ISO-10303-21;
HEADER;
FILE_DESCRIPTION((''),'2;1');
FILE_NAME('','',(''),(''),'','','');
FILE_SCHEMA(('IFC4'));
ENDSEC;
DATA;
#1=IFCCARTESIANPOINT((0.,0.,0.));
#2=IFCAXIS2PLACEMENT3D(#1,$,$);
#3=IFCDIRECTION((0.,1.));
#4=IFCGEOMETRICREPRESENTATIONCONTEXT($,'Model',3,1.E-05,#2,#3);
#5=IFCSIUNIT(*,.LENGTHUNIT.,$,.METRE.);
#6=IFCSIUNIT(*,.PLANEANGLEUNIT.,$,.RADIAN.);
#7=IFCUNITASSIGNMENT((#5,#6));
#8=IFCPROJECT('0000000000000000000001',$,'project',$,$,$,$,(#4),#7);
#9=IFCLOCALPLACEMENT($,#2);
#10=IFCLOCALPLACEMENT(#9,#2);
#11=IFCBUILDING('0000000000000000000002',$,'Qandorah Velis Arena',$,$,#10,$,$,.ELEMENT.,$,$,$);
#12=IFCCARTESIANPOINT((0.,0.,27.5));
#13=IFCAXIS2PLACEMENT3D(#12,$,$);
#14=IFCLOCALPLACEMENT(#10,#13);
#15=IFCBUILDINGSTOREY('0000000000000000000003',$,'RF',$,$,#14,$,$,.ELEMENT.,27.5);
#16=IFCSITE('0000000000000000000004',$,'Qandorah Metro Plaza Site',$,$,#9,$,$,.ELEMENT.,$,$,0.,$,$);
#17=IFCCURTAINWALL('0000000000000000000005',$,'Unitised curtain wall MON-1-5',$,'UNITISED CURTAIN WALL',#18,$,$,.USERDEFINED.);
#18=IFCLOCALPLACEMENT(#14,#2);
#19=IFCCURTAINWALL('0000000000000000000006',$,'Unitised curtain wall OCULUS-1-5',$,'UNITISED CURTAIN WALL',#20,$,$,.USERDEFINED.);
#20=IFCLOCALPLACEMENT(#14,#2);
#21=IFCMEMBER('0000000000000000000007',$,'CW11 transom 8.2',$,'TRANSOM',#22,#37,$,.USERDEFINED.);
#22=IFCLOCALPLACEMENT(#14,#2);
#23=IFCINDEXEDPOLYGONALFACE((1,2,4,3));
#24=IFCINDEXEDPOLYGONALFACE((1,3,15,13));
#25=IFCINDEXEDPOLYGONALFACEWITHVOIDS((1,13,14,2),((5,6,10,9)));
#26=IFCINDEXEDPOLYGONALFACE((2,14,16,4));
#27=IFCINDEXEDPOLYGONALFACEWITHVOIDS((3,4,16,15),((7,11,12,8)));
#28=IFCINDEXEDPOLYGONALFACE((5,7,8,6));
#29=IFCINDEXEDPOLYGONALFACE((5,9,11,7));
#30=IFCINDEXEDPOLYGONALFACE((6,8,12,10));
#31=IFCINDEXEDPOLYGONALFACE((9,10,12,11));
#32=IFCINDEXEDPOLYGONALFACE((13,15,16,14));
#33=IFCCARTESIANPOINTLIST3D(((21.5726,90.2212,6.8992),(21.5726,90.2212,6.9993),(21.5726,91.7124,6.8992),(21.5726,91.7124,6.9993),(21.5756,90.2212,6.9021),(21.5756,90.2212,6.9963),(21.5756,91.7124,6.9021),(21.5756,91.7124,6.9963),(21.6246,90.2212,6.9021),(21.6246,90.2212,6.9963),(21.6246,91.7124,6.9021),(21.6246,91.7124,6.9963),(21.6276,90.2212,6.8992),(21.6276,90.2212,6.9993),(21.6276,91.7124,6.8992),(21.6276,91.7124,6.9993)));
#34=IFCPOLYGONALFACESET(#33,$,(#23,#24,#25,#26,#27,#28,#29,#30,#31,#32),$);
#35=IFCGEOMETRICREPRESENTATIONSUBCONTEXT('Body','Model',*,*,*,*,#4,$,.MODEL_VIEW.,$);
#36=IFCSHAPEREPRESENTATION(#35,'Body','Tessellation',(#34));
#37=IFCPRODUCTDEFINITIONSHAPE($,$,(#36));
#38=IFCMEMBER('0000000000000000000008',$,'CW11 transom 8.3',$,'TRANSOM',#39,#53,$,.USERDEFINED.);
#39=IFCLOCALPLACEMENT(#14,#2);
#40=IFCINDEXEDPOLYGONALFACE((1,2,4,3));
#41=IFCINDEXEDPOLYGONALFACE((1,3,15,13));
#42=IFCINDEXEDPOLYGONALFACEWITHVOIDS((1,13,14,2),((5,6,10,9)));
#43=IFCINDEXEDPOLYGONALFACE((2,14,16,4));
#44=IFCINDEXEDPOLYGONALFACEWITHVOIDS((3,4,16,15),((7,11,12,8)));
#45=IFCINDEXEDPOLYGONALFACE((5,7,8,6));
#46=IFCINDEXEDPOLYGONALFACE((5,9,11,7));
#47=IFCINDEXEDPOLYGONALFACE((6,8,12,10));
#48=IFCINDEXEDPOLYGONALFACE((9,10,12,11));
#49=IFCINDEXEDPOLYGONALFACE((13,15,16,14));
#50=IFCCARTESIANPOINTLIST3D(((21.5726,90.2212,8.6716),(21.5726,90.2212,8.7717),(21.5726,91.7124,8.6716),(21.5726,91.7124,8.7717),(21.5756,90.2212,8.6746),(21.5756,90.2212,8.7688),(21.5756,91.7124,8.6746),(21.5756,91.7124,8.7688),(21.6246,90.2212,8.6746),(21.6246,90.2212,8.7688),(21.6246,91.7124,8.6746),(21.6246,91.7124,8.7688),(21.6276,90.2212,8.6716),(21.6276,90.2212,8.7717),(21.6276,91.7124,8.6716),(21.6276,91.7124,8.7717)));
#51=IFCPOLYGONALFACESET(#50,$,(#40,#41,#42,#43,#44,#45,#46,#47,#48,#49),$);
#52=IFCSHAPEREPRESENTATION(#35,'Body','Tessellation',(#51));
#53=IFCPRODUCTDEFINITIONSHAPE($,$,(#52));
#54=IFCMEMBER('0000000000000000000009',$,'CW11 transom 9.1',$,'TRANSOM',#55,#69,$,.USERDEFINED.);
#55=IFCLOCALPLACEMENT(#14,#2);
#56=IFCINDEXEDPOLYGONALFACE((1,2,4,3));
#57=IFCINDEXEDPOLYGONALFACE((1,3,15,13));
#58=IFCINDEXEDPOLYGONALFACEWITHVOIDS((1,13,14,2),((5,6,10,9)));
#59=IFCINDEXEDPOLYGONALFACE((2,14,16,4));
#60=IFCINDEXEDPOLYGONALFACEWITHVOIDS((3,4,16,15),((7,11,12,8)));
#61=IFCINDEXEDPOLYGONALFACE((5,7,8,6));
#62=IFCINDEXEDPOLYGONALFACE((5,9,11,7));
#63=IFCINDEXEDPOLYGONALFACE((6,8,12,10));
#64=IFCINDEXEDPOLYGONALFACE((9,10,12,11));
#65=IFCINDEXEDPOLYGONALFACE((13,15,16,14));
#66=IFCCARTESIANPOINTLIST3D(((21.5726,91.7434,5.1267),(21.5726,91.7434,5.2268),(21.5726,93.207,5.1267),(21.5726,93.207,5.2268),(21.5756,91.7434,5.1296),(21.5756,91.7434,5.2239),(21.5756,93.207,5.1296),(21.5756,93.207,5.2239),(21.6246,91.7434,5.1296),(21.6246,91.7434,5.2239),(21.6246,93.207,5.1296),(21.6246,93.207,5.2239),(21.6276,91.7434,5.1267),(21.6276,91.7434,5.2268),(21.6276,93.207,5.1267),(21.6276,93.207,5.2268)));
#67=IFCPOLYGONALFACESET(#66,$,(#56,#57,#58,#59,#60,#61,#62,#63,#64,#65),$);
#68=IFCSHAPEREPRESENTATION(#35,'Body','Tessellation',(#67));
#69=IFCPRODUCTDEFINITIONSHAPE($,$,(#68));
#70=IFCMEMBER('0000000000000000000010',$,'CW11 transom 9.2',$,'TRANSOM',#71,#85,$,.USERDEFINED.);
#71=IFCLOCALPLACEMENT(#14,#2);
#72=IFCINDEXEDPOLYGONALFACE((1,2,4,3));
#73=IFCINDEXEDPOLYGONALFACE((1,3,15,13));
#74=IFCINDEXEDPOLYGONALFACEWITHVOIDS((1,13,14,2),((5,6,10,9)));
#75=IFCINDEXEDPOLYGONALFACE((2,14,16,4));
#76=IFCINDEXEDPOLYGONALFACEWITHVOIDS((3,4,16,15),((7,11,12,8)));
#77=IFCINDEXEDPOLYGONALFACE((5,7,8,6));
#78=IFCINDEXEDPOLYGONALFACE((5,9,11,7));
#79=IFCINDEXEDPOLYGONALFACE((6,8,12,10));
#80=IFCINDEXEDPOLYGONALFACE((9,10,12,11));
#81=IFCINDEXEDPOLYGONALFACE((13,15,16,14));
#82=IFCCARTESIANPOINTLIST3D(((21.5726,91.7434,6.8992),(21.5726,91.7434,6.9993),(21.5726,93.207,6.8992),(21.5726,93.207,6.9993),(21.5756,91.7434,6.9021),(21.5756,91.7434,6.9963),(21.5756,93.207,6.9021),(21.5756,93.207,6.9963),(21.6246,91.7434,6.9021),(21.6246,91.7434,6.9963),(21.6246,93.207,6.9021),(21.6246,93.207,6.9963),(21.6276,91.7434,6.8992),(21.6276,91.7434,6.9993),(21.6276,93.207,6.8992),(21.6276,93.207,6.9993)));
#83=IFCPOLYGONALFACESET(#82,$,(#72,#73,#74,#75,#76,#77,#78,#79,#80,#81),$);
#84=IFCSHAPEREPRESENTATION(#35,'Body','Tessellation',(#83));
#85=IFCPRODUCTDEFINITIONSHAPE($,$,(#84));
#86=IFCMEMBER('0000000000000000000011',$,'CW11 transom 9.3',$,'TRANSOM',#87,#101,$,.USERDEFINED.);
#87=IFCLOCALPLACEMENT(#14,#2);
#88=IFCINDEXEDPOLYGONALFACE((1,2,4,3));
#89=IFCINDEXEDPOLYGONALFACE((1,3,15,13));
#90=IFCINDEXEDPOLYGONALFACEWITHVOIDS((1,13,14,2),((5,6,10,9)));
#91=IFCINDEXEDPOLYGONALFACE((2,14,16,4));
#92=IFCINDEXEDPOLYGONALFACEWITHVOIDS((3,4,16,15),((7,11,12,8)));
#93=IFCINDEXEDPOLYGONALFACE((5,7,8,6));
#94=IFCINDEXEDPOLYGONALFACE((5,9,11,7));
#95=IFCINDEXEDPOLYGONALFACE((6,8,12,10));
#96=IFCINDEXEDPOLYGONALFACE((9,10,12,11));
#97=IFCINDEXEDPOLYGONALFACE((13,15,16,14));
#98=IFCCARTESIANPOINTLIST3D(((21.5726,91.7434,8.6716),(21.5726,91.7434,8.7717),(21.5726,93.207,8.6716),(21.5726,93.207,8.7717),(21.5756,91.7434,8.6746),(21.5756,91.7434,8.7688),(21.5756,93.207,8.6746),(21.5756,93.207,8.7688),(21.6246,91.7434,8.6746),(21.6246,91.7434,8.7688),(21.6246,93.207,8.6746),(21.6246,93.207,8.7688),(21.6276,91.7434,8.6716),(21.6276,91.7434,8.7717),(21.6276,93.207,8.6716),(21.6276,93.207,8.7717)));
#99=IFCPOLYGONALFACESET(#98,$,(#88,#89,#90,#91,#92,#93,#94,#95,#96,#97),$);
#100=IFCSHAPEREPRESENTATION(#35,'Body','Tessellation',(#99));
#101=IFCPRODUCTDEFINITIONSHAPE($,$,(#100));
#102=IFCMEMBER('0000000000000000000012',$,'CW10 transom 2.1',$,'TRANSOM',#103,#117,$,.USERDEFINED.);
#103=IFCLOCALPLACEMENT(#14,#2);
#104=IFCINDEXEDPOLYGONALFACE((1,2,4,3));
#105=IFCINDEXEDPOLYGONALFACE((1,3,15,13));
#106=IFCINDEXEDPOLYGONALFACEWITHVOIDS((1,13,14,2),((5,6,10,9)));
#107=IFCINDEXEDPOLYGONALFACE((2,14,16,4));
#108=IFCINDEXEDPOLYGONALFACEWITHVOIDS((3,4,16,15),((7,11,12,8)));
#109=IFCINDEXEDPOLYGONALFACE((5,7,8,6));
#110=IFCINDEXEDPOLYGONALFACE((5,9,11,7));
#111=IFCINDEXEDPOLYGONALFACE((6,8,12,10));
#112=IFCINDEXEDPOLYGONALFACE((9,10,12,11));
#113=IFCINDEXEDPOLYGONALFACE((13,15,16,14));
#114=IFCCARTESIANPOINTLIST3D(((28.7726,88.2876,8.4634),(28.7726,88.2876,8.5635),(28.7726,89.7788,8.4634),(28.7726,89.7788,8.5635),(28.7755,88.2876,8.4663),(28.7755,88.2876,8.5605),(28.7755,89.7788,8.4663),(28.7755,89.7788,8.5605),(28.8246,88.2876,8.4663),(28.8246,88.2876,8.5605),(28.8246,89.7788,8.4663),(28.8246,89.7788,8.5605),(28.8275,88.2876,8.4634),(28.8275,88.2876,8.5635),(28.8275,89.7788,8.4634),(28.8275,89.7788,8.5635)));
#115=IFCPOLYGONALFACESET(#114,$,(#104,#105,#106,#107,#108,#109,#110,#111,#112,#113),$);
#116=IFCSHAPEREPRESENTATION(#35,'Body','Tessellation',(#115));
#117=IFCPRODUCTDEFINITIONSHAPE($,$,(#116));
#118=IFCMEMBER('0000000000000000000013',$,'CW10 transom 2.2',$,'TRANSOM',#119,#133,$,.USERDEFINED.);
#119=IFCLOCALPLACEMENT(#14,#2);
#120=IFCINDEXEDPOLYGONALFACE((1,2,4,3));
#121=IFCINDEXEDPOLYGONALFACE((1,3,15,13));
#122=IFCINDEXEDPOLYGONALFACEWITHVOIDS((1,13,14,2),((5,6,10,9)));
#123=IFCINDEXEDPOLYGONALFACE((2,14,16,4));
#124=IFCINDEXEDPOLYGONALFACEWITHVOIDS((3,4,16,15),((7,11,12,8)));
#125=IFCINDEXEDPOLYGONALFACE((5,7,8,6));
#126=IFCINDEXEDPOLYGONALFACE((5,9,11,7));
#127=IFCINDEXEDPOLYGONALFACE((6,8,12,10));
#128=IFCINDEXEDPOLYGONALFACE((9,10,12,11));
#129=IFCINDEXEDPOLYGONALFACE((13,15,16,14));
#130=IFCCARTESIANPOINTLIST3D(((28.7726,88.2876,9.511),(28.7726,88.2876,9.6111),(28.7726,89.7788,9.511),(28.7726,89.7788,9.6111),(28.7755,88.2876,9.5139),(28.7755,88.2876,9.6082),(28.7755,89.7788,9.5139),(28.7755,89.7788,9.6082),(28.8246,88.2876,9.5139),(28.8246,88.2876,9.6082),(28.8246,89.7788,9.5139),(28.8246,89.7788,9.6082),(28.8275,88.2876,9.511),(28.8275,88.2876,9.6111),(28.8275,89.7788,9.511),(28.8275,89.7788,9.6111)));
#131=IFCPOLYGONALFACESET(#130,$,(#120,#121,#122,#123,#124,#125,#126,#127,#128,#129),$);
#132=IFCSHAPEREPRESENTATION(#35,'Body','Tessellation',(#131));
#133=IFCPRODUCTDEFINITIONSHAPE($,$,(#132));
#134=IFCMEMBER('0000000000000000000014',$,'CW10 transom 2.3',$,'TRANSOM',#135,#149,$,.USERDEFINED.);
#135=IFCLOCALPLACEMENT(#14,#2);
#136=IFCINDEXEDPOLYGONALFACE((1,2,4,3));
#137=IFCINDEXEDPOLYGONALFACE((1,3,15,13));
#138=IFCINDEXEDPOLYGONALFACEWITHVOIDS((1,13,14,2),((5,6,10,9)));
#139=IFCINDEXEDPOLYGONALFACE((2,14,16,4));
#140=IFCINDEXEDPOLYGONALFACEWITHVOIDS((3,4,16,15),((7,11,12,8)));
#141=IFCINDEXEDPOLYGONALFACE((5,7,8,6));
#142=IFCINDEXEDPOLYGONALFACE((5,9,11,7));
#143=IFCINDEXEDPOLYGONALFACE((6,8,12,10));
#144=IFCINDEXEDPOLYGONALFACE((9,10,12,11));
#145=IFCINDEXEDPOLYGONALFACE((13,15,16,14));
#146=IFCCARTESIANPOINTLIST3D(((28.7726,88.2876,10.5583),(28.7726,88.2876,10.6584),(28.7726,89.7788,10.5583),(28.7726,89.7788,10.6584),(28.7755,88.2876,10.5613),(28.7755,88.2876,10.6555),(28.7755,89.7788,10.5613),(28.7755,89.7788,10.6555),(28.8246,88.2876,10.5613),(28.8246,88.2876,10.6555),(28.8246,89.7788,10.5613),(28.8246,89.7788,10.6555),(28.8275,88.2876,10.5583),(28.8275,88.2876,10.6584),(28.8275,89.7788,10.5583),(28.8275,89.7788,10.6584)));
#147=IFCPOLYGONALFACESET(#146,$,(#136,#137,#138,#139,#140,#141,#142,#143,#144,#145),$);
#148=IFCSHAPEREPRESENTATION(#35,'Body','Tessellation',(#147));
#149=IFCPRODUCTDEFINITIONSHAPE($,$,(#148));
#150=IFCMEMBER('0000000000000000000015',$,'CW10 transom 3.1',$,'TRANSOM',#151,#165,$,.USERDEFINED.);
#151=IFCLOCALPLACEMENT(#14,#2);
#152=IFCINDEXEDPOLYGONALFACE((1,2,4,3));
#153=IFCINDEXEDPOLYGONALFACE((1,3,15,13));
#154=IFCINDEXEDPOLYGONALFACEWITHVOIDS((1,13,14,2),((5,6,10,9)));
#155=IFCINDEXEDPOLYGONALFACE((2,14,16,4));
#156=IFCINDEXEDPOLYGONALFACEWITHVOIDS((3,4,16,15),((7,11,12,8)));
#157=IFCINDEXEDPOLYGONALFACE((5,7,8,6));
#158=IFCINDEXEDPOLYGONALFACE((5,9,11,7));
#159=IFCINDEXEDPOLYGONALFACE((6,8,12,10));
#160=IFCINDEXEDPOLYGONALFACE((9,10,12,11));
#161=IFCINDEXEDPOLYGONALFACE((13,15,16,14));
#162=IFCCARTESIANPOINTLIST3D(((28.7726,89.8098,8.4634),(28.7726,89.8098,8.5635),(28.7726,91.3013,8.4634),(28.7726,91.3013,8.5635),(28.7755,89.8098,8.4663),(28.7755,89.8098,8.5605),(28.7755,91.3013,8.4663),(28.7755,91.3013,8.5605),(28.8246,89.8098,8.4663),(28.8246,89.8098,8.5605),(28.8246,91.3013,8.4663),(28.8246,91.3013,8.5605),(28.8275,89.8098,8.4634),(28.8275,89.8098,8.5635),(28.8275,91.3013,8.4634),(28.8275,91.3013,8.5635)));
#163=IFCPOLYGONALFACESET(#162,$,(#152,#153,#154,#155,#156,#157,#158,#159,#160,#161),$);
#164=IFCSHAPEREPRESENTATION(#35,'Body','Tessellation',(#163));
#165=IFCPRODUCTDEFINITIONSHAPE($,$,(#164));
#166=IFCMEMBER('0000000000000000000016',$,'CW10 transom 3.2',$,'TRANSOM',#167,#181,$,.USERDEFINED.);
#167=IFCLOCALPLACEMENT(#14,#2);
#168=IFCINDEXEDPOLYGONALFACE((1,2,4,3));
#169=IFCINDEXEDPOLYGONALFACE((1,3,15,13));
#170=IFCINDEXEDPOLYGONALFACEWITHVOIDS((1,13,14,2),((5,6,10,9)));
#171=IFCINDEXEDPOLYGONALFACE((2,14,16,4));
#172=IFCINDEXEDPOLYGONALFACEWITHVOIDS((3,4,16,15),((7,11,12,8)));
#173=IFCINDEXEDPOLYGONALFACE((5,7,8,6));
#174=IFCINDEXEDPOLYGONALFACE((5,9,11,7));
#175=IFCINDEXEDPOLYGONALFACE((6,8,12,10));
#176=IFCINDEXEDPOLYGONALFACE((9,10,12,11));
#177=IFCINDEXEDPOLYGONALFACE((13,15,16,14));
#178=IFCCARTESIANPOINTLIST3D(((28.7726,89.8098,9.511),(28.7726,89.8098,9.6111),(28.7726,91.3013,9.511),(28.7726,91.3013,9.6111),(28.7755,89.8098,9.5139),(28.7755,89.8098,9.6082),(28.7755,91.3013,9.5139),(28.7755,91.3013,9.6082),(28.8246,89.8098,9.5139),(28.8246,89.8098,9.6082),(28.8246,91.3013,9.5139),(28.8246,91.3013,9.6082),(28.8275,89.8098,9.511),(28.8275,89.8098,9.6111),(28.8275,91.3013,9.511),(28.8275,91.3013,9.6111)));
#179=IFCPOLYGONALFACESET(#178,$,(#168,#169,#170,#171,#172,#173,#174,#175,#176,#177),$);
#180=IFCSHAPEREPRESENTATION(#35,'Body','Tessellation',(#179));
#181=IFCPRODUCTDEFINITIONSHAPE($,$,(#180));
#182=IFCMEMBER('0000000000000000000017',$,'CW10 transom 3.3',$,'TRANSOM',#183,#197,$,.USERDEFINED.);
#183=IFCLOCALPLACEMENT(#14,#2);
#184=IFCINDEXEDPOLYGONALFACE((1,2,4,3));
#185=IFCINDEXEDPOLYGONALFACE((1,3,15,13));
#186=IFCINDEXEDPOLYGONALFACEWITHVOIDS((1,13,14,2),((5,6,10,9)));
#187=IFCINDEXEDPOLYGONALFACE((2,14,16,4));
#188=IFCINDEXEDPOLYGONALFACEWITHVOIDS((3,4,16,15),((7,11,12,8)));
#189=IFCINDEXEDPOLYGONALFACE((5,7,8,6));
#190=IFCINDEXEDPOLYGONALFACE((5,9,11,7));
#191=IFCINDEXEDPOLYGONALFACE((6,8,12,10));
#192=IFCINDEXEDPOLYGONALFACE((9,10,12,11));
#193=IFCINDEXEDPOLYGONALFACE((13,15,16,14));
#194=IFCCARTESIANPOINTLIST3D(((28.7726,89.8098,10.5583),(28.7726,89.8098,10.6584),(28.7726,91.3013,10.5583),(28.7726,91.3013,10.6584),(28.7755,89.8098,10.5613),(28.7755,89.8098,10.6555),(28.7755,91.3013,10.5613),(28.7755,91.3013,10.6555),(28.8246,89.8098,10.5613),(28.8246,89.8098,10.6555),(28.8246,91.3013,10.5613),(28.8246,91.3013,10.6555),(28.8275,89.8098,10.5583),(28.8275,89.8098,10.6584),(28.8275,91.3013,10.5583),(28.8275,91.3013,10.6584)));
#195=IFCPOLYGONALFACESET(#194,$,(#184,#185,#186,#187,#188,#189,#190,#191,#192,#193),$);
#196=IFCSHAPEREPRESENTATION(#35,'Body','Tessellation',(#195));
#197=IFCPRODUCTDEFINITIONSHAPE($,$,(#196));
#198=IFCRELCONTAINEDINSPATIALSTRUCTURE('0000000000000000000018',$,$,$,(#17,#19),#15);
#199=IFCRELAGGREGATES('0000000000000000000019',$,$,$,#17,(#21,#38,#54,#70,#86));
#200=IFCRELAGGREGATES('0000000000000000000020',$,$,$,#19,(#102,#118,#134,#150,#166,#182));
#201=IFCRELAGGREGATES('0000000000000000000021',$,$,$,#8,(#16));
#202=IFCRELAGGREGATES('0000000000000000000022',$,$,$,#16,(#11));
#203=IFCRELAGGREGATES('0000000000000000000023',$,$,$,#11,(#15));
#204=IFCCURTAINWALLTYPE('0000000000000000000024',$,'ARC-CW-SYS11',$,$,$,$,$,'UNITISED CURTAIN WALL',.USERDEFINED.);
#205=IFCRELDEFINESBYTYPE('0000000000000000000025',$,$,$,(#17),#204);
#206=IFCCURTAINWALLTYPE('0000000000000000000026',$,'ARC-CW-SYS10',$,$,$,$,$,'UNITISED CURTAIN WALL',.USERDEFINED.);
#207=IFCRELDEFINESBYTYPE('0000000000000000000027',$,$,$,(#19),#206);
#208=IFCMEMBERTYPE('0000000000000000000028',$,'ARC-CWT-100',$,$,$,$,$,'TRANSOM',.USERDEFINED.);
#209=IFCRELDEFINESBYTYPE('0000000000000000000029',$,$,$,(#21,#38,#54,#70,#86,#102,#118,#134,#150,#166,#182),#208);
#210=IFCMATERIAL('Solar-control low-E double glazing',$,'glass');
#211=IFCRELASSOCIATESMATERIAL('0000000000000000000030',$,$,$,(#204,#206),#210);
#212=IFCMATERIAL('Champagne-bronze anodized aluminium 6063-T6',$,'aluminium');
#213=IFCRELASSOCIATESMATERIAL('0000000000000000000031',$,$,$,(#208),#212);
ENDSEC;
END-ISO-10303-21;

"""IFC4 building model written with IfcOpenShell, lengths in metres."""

from ifc_helpers import new_model, si_unit, direction, frame, origin, origin_2d, place, context, subcontext, project, spatial, hollow_rectangle, extrude, material, material_profile, profile_set, type_object, element, aggregate, save


model = new_model("IFC4")

# Units and contexts
model_context = context("Model", 3, precision=1e-05, world=origin(), true_north=direction((0.0, 1.0)))
body_context = subcontext(model_context, "Body", "Model", "MODEL_VIEW")
ifc_project = project(units=[si_unit("LENGTHUNIT", "METRE"), si_unit("PLANEANGLEUNIT", "RADIAN")], contexts=[model_context])

# Site, building, storey
site_placement = place(None, origin())
site = spatial("IfcSite", under=ifc_project, at=site_placement, Name="Qandorah Metro Plaza Site", CompositionType="ELEMENT", RefElevation=0.0)
building_placement = place(site_placement, origin())
building = spatial("IfcBuilding", under=site, at=building_placement, Name="Qandorah Velis Arena", CompositionType="ELEMENT")
storey_placement = place(building_placement, frame((0.0, 0.0, 27.5)))
storey = spatial("IfcBuildingStorey", under=building, at=storey_placement, Name="RF", CompositionType="ELEMENT", Elevation=27.5)

# Curtain walls
ifc_material_1 = material(Name="Solar-control low-E double glazing", Category="glass")
curtain_wall_type_1 = type_object("IfcCurtainWallType", Name="ARC-CW-SYS11", ElementType="UNITISED CURTAIN WALL", PredefinedType="USERDEFINED", material=ifc_material_1)
curtain_wall_1_placement = place(storey_placement, origin())
curtain_wall_1 = element("IfcCurtainWall", 1, at=curtain_wall_1_placement, inside=storey, type_object=curtain_wall_type_1, Name="Unitised curtain wall MON-1-5", ObjectType="UNITISED CURTAIN WALL", PredefinedType="USERDEFINED")
ifc_material_2 = material(Name="Champagne-bronze anodized aluminium 6063-T6", Category="aluminium")
curtain_wall_type_2 = type_object("IfcCurtainWallType", Name="ARC-CW-SYS10", ElementType="UNITISED CURTAIN WALL", PredefinedType="USERDEFINED", material=ifc_material_1)
curtain_wall_2_placement = place(storey_placement, origin())
curtain_wall_2 = element("IfcCurtainWall", 2, at=curtain_wall_2_placement, inside=storey, type_object=curtain_wall_type_2, Name="Unitised curtain wall OCULUS-1-5", ObjectType="UNITISED CURTAIN WALL", PredefinedType="USERDEFINED")

# Members
ifc_material_profile_1 = material_profile(ifc_material_2, hollow_rectangle(XDim=0.0549, YDim=0.1001, WallThickness=0.0029, at=origin_2d()), Name="ALU TRANSOM 55x100")
ifc_profile_set_1 = profile_set([ifc_material_profile_1], Name="Champagne-bronze anodized aluminium 6063-T6")
member_type_1 = type_object("IfcMemberType", Name="ARC-CWT-100", ElementType="TRANSOM", PredefinedType="USERDEFINED", material=ifc_profile_set_1)
member_1_placement = place(storey_placement, frame((21.6001, 90.2212, 6.9492), z_axis=(0.0, 1.0, 0.0), x_axis=(-1.0, 0.0, 0.0)))
member_1 = element("IfcMember", 3, at=member_1_placement, type_object=member_type_1, Name="CW11 transom 8.2", ObjectType="TRANSOM", PredefinedType="USERDEFINED", context=body_context, shape_type="SweptSolid", body=[
    extrude(hollow_rectangle(XDim=0.0549, YDim=0.1001, WallThickness=0.0029, at=origin_2d()), origin(), (0.0, 0.0, 1.0), 1.4912),
])
member_2_placement = place(storey_placement, frame((21.6001, 90.2212, 8.7217), z_axis=(0.0, 1.0, 0.0), x_axis=(-1.0, 0.0, 0.0)))
member_2 = element("IfcMember", 4, at=member_2_placement, type_object=member_type_1, Name="CW11 transom 8.3", ObjectType="TRANSOM", PredefinedType="USERDEFINED", context=body_context, shape_type="SweptSolid", body=[
    extrude(hollow_rectangle(XDim=0.0549, YDim=0.1001, WallThickness=0.0029, at=origin_2d()), origin(), (0.0, 0.0, 1.0), 1.4912),
])
member_3_placement = place(storey_placement, frame((21.6001, 91.7434, 5.1768), z_axis=(0.0, 1.0, 0.0), x_axis=(-1.0, 0.0, 0.0)))
member_3 = element("IfcMember", 5, at=member_3_placement, type_object=member_type_1, Name="CW11 transom 9.1", ObjectType="TRANSOM", PredefinedType="USERDEFINED", context=body_context, shape_type="SweptSolid", body=[
    extrude(hollow_rectangle(XDim=0.0549, YDim=0.1001, WallThickness=0.0029, at=origin_2d()), origin(), (0.0, 0.0, 1.0), 1.4636),
])
member_4_placement = place(storey_placement, frame((21.6001, 91.7434, 6.9492), z_axis=(0.0, 1.0, 0.0), x_axis=(-1.0, 0.0, 0.0)))
member_4 = element("IfcMember", 6, at=member_4_placement, type_object=member_type_1, Name="CW11 transom 9.2", ObjectType="TRANSOM", PredefinedType="USERDEFINED", context=body_context, shape_type="SweptSolid", body=[
    extrude(hollow_rectangle(XDim=0.0549, YDim=0.1001, WallThickness=0.0029, at=origin_2d()), origin(), (0.0, 0.0, 1.0), 1.4636),
])
member_5_placement = place(storey_placement, frame((21.6001, 91.7434, 8.7217), z_axis=(0.0, 1.0, 0.0), x_axis=(-1.0, 0.0, 0.0)))
member_5 = element("IfcMember", 7, at=member_5_placement, type_object=member_type_1, Name="CW11 transom 9.3", ObjectType="TRANSOM", PredefinedType="USERDEFINED", context=body_context, shape_type="SweptSolid", body=[
    extrude(hollow_rectangle(XDim=0.0549, YDim=0.1001, WallThickness=0.0029, at=origin_2d()), origin(), (0.0, 0.0, 1.0), 1.4636),
])
member_6_placement = place(storey_placement, frame((28.8, 88.2876, 8.5134), z_axis=(0.0, 1.0, 0.0), x_axis=(-1.0, 0.0, 0.0)))
member_6 = element("IfcMember", 8, at=member_6_placement, type_object=member_type_1, Name="CW10 transom 2.1", ObjectType="TRANSOM", PredefinedType="USERDEFINED", context=body_context, shape_type="SweptSolid", body=[
    extrude(hollow_rectangle(XDim=0.0549, YDim=0.1001, WallThickness=0.0029, at=origin_2d()), origin(), (0.0, 0.0, 1.0), 1.4912),
])
member_7_placement = place(storey_placement, frame((28.8, 88.2876, 9.561), z_axis=(0.0, 1.0, 0.0), x_axis=(-1.0, 0.0, 0.0)))
member_7 = element("IfcMember", 9, at=member_7_placement, type_object=member_type_1, Name="CW10 transom 2.2", ObjectType="TRANSOM", PredefinedType="USERDEFINED", context=body_context, shape_type="SweptSolid", body=[
    extrude(hollow_rectangle(XDim=0.0549, YDim=0.1001, WallThickness=0.0029, at=origin_2d()), origin(), (0.0, 0.0, 1.0), 1.4912),
])
member_8_placement = place(storey_placement, frame((28.8, 88.2876, 10.6084), z_axis=(0.0, 1.0, 0.0), x_axis=(-1.0, 0.0, 0.0)))
member_8 = element("IfcMember", 10, at=member_8_placement, type_object=member_type_1, Name="CW10 transom 2.3", ObjectType="TRANSOM", PredefinedType="USERDEFINED", context=body_context, shape_type="SweptSolid", body=[
    extrude(hollow_rectangle(XDim=0.0549, YDim=0.1001, WallThickness=0.0029, at=origin_2d()), origin(), (0.0, 0.0, 1.0), 1.4912),
])
member_9_placement = place(storey_placement, frame((28.8, 89.8098, 8.5134), z_axis=(0.0, 1.0, 0.0), x_axis=(-1.0, 0.0, 0.0)))
member_9 = element("IfcMember", 11, at=member_9_placement, type_object=member_type_1, Name="CW10 transom 3.1", ObjectType="TRANSOM", PredefinedType="USERDEFINED", context=body_context, shape_type="SweptSolid", body=[
    extrude(hollow_rectangle(XDim=0.0549, YDim=0.1001, WallThickness=0.0029, at=origin_2d()), origin(), (0.0, 0.0, 1.0), 1.4915),
])
member_10_placement = place(storey_placement, frame((28.8, 89.8098, 9.561), z_axis=(0.0, 1.0, 0.0), x_axis=(-1.0, 0.0, 0.0)))
member_10 = element("IfcMember", 12, at=member_10_placement, type_object=member_type_1, Name="CW10 transom 3.2", ObjectType="TRANSOM", PredefinedType="USERDEFINED", context=body_context, shape_type="SweptSolid", body=[
    extrude(hollow_rectangle(XDim=0.0549, YDim=0.1001, WallThickness=0.0029, at=origin_2d()), origin(), (0.0, 0.0, 1.0), 1.4915),
])
member_11_placement = place(storey_placement, frame((28.8, 89.8098, 10.6084), z_axis=(0.0, 1.0, 0.0), x_axis=(-1.0, 0.0, 0.0)))
member_11 = element("IfcMember", 13, at=member_11_placement, type_object=member_type_1, Name="CW10 transom 3.3", ObjectType="TRANSOM", PredefinedType="USERDEFINED", context=body_context, shape_type="SweptSolid", body=[
    extrude(hollow_rectangle(XDim=0.0549, YDim=0.1001, WallThickness=0.0029, at=origin_2d()), origin(), (0.0, 0.0, 1.0), 1.4915),
])

aggregate(curtain_wall_1, [member_1, member_2, member_3, member_4, member_5])
aggregate(curtain_wall_2, [member_6, member_7, member_8, member_9, member_10, member_11])

save(model, "model.ifc")
